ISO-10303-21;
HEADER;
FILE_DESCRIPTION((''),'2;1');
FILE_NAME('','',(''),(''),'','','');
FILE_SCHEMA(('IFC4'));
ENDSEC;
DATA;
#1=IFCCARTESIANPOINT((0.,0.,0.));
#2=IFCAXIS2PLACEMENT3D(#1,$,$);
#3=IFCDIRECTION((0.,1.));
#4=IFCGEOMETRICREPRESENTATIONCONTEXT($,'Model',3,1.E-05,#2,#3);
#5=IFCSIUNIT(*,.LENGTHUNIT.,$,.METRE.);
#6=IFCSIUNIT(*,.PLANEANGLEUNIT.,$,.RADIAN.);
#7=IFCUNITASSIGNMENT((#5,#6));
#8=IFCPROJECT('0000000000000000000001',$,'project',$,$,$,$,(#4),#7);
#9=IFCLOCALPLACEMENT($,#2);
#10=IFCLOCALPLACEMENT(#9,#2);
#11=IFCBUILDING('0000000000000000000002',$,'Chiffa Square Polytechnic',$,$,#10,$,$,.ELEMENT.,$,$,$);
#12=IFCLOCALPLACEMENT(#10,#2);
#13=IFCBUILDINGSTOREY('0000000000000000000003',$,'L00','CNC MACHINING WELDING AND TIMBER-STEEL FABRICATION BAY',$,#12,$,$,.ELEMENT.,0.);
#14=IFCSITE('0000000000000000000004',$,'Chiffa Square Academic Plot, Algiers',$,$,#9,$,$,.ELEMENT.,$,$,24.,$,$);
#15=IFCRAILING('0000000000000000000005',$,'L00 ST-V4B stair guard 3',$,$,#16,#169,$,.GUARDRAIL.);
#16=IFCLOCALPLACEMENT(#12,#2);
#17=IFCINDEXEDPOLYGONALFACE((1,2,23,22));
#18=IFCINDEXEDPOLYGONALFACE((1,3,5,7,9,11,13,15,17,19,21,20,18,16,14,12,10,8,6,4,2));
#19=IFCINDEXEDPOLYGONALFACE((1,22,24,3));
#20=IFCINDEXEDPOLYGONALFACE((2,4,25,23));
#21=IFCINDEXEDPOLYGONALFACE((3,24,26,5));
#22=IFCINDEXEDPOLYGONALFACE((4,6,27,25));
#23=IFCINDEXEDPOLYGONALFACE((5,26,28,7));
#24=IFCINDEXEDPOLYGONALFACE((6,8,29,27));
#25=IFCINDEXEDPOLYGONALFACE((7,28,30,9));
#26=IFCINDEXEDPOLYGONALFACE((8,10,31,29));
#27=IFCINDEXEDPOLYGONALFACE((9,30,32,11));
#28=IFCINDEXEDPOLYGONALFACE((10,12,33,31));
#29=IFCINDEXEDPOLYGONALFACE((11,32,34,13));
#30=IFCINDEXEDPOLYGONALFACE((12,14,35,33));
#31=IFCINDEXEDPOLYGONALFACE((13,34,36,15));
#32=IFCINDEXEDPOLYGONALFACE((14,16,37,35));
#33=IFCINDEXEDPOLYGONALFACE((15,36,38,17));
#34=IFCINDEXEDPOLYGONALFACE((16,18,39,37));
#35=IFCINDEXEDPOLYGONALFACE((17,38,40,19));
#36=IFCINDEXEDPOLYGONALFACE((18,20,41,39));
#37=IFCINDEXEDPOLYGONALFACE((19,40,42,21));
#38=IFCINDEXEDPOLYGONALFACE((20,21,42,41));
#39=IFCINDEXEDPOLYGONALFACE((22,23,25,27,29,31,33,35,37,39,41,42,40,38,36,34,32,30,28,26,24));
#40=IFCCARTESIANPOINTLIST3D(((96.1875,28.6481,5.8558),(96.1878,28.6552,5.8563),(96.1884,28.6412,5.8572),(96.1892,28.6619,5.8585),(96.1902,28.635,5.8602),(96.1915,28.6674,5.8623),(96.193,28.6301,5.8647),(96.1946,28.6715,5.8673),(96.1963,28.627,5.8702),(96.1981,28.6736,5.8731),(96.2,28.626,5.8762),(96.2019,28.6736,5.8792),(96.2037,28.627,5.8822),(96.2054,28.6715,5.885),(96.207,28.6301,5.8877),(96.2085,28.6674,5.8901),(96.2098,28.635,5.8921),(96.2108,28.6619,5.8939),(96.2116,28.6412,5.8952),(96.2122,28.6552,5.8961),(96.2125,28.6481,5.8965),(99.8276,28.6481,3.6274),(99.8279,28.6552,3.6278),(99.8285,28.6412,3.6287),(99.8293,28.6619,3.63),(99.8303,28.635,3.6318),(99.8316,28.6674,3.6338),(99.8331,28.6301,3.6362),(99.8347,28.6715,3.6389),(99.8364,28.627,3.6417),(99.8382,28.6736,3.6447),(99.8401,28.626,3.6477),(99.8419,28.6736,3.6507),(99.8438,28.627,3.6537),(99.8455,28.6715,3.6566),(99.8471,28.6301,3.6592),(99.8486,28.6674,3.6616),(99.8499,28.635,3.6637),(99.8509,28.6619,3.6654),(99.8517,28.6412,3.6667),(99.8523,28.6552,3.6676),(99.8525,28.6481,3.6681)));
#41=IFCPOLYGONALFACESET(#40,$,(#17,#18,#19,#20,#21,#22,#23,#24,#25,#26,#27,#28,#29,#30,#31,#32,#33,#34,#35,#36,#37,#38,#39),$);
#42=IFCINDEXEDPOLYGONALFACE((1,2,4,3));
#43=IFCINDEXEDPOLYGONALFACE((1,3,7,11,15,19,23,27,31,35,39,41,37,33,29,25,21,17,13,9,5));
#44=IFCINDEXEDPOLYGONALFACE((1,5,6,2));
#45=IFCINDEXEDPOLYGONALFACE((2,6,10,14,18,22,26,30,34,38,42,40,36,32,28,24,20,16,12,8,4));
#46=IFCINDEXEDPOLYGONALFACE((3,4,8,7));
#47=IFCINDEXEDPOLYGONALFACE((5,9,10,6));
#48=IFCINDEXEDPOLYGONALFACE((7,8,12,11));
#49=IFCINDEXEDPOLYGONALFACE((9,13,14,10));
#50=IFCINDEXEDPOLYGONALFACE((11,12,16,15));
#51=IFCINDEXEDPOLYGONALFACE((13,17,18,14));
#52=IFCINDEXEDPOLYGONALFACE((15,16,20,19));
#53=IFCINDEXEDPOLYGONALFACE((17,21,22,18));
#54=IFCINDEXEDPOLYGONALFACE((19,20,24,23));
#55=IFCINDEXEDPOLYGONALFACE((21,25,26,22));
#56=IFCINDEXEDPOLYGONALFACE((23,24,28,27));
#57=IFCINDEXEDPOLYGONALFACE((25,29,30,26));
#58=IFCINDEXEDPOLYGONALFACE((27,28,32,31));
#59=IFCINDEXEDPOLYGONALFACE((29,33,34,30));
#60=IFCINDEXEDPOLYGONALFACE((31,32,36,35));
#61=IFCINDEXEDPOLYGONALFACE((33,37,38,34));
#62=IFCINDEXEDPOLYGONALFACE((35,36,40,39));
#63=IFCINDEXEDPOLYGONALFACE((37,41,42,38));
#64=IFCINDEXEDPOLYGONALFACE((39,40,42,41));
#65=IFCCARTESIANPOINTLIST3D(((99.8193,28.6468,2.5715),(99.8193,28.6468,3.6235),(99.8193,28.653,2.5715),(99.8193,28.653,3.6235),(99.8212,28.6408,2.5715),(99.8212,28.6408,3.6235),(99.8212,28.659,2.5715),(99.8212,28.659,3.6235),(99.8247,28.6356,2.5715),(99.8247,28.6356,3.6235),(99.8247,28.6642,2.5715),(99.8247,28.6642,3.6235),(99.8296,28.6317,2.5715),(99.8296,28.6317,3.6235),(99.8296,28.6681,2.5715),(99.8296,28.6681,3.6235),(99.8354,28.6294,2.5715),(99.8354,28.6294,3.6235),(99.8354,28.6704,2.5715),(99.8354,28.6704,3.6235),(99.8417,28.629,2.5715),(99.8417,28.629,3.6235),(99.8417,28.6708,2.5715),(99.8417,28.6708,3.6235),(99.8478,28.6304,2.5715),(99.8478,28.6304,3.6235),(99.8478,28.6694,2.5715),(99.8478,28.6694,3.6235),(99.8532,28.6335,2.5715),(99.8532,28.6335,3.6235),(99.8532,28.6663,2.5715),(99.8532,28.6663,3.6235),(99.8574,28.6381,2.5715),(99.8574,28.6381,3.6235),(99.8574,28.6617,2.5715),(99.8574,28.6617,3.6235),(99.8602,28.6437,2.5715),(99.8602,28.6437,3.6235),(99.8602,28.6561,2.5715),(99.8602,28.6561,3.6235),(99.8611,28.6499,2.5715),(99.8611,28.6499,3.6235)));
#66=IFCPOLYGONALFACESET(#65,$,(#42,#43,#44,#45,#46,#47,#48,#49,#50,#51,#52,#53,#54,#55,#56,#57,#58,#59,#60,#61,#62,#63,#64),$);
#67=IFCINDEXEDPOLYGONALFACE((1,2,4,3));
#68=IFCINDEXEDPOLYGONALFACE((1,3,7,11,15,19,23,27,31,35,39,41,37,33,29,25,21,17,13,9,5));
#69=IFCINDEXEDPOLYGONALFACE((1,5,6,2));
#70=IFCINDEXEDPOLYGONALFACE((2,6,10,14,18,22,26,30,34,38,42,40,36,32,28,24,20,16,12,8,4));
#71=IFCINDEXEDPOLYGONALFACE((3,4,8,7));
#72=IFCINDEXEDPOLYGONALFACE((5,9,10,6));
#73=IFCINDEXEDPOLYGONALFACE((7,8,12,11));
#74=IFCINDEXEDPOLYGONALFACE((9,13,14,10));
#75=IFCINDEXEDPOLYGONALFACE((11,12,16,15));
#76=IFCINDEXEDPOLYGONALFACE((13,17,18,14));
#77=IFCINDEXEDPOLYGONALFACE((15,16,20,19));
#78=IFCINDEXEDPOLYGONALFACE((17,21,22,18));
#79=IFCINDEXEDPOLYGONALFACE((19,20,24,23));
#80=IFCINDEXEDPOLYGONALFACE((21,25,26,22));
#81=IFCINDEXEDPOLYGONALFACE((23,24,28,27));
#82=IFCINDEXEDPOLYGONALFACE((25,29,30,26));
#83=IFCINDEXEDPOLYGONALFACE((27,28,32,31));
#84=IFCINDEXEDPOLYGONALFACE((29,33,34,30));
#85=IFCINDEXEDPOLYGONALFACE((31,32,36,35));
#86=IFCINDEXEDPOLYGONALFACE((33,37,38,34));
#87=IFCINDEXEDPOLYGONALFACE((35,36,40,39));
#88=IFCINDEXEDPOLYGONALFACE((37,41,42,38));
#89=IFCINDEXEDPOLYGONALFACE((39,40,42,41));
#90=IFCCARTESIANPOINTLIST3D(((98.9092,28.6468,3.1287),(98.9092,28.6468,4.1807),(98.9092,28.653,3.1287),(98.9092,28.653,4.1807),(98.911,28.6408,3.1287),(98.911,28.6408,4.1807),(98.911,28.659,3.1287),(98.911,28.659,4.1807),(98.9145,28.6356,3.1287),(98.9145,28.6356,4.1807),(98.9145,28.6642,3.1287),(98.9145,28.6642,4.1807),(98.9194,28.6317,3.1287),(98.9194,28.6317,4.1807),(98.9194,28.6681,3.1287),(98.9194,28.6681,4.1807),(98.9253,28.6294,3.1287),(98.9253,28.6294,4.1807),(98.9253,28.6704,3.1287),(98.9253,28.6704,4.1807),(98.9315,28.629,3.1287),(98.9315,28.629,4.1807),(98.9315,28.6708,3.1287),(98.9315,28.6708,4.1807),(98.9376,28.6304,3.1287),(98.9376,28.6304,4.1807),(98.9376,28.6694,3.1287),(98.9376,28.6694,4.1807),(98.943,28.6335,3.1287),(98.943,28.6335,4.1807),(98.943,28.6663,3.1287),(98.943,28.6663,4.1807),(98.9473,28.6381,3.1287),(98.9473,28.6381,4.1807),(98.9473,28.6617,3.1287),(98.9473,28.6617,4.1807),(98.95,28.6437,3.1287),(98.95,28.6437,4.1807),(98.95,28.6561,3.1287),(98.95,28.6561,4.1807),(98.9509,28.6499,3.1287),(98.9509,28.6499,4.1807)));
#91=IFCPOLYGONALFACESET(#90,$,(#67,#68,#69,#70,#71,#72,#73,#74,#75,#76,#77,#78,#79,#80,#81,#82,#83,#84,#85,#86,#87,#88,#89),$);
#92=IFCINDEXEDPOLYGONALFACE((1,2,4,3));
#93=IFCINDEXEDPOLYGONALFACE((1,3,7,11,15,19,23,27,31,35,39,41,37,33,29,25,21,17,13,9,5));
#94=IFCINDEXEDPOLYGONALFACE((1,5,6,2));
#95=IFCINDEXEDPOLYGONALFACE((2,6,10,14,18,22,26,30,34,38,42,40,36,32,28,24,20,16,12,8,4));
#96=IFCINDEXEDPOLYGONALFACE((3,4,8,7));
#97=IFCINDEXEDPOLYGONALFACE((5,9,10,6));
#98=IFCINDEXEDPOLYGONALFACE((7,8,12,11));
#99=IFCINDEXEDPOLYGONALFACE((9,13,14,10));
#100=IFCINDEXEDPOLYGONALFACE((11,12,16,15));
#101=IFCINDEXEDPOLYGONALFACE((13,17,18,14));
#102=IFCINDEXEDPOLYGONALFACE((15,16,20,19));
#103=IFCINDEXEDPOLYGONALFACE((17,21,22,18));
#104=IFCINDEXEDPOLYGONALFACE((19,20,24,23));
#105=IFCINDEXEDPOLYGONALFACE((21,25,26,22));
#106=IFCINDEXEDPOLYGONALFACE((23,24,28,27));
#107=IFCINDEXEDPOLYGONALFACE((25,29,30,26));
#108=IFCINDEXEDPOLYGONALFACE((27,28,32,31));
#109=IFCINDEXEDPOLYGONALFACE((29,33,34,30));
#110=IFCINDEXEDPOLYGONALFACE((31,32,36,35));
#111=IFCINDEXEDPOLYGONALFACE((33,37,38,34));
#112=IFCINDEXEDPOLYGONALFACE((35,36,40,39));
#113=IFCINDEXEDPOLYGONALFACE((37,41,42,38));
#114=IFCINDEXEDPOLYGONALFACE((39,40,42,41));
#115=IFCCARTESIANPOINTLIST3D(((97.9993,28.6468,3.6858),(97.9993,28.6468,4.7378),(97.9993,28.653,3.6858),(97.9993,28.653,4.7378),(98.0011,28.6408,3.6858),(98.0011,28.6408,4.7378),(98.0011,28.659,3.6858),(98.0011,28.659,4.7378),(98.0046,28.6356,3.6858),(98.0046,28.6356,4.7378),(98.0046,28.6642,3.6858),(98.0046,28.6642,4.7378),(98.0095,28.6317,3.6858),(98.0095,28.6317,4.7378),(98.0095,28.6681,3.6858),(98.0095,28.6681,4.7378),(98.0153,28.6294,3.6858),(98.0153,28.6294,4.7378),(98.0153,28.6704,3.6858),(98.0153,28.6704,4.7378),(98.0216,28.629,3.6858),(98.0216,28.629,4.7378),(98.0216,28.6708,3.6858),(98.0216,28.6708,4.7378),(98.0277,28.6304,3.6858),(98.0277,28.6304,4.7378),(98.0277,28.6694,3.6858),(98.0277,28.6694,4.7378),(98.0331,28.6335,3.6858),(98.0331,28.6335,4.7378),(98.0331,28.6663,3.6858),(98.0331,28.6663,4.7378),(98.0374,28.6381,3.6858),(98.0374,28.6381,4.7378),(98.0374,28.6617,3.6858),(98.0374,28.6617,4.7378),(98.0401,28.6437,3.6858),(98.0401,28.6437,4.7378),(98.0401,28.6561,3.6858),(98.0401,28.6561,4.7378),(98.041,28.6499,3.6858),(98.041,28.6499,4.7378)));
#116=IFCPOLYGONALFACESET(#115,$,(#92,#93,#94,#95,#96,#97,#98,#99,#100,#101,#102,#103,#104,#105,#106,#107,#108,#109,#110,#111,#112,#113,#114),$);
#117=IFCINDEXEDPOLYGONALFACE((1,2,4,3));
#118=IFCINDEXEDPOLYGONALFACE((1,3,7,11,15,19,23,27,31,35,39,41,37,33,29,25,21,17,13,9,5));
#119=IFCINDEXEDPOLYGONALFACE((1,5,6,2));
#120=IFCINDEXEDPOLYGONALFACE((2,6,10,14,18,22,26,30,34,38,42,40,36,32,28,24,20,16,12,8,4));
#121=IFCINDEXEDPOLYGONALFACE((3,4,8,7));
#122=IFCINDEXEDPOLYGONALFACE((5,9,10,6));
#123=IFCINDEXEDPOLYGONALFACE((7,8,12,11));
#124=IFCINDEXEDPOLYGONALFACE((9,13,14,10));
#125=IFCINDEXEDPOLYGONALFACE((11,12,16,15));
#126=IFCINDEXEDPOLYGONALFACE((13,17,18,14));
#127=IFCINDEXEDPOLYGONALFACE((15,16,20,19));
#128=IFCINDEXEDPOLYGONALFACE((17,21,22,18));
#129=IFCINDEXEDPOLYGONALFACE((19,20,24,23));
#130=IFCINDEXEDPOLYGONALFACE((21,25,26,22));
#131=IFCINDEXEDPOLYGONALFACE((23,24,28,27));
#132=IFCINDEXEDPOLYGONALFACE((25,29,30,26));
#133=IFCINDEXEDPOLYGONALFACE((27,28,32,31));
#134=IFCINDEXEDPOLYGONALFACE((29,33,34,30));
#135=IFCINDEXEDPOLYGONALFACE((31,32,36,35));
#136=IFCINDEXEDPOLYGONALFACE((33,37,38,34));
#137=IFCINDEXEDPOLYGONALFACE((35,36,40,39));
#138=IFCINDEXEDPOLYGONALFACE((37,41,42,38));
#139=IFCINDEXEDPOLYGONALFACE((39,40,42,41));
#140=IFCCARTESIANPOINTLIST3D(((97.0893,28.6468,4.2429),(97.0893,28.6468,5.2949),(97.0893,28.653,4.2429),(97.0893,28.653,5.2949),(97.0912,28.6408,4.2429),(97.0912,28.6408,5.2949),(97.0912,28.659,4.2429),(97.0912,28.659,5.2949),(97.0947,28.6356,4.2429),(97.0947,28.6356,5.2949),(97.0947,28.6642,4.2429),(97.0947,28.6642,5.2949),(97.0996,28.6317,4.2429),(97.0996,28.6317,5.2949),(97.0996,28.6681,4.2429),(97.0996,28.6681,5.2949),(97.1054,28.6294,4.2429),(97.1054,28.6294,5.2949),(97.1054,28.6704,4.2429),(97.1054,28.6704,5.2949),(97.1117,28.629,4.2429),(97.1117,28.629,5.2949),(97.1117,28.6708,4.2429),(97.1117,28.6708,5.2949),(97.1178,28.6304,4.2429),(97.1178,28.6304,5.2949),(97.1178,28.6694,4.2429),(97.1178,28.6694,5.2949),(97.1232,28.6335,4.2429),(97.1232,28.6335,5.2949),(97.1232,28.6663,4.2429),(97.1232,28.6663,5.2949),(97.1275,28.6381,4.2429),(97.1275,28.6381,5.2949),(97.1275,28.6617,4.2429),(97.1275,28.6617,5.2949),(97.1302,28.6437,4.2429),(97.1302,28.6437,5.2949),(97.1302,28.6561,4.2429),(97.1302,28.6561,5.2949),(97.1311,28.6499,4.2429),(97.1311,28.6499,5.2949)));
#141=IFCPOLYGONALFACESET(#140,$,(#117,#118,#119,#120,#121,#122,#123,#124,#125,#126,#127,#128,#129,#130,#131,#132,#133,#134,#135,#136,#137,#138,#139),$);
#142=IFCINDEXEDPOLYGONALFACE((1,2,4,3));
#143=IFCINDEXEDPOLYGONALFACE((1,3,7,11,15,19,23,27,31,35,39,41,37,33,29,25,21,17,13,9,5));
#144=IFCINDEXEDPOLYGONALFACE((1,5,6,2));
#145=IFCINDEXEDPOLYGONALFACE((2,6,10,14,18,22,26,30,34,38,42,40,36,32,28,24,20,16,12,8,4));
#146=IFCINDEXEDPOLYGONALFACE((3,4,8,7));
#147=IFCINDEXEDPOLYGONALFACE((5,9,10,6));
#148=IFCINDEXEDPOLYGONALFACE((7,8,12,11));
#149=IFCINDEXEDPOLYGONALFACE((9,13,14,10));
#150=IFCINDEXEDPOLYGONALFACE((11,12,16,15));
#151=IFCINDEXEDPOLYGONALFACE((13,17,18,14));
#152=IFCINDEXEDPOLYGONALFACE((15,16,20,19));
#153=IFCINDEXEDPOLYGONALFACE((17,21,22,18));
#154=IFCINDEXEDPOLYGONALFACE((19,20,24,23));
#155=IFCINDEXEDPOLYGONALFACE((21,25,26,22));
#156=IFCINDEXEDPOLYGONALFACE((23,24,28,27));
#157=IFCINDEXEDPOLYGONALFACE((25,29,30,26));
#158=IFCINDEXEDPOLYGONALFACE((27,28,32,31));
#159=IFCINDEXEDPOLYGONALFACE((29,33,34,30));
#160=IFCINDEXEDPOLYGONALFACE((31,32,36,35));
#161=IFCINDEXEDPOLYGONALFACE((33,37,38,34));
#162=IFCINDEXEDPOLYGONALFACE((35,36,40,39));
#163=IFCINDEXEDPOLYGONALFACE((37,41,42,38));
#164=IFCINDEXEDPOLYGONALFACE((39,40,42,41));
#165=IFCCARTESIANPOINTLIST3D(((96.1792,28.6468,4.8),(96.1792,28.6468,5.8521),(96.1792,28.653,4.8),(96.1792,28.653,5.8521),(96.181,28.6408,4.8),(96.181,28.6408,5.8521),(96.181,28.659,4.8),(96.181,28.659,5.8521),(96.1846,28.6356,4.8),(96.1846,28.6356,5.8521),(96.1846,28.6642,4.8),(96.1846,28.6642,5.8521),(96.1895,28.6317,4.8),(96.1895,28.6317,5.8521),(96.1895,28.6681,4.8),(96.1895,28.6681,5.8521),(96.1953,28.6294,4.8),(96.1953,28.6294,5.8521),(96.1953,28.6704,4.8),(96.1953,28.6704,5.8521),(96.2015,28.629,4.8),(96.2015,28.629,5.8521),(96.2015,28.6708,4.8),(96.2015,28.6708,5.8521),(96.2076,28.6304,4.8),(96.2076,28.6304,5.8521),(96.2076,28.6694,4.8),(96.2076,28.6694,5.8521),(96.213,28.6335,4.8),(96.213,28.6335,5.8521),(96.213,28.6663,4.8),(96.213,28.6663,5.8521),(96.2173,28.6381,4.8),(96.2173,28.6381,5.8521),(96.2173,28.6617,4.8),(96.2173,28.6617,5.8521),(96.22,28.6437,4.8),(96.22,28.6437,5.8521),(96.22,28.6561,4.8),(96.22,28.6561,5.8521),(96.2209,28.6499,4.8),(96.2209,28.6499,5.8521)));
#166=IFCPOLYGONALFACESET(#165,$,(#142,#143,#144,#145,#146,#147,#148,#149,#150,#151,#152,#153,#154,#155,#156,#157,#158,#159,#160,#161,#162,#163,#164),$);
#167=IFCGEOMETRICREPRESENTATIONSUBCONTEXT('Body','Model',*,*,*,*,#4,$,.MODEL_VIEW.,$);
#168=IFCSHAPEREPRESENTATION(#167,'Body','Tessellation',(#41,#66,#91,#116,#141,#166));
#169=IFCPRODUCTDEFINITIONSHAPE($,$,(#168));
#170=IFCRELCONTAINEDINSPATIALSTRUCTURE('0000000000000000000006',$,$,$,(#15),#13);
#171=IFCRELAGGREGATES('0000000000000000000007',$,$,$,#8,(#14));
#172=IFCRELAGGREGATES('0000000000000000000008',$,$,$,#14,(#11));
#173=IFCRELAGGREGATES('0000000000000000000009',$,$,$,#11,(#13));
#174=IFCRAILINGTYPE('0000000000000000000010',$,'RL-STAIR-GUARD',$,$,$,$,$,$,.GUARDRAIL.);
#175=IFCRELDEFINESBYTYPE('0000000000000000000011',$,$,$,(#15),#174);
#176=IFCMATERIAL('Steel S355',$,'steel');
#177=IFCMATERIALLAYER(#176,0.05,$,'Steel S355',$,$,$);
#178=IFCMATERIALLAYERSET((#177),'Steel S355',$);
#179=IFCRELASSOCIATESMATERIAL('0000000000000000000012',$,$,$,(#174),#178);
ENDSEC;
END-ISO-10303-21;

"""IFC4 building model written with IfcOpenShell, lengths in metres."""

from ifc_helpers import new_model, si_unit, direction, frame, origin, origin_2d, place, context, subcontext, project, spatial, circle, extrude, material, layer, layer_set, type_object, element, save


model = new_model("IFC4")

# Units and contexts
model_context = context("Model", 3, precision=1e-05, world=origin(), true_north=direction((0.0, 1.0)))
body_context = subcontext(model_context, "Body", "Model", "MODEL_VIEW")
ifc_project = project(units=[si_unit("LENGTHUNIT", "METRE"), si_unit("PLANEANGLEUNIT", "RADIAN")], contexts=[model_context])

# Site, building, storey
site_placement = place(None, origin())
site = spatial("IfcSite", under=ifc_project, at=site_placement, Name="Chiffa Square Academic Plot, Algiers", CompositionType="ELEMENT", RefElevation=24.0)
building_placement = place(site_placement, origin())
building = spatial("IfcBuilding", under=site, at=building_placement, Name="Chiffa Square Polytechnic", CompositionType="ELEMENT")
storey_placement = place(building_placement, origin())
storey = spatial("IfcBuildingStorey", under=building, at=storey_placement, Name="L00", Description="CNC MACHINING WELDING AND TIMBER-STEEL FABRICATION BAY", CompositionType="ELEMENT", Elevation=0.0)

# Railing
ifc_material_1 = material(Name="Steel S355", Category="steel")
ifc_layer_1 = layer(ifc_material_1, 0.05, Name="Steel S355")
ifc_layer_set_1 = layer_set([ifc_layer_1], Name="Steel S355")
railing_type_1 = type_object("IfcRailingType", Name="RL-STAIR-GUARD", PredefinedType="GUARDRAIL", material=ifc_layer_set_1)
railing_1_placement = place(storey_placement, frame((99.8401, 28.6499, 2.5715)))
element("IfcRailing", 1, at=railing_1_placement, inside=storey, type_object=railing_type_1, Name="L00 ST-V4B stair guard 3", PredefinedType="GUARDRAIL", context=body_context, shape_type="SweptSolid", body=[
    extrude(circle(Radius=0.0239, at=origin_2d()), frame((0.0, 0.0, 1.0762), z_axis=(-0.852866, 0.0, 0.52213), x_axis=(0.0, -1.0, 0.0)), (0.0, 0.0, 1.0), 4.2681),
    extrude(circle(Radius=0.021, at=origin_2d()), origin(), (0.0, 0.0, 1.0), 1.052),
    extrude(circle(Radius=0.021, at=origin_2d()), frame((-0.9102, 0.0, 0.5571)), (0.0, 0.0, 1.0), 1.052),
    extrude(circle(Radius=0.021, at=origin_2d()), frame((-1.8201, 0.0, 1.1143)), (0.0, 0.0, 1.0), 1.052),
    extrude(circle(Radius=0.021, at=origin_2d()), frame((-2.73, 0.0, 1.6714)), (0.0, 0.0, 1.0), 1.052),
    extrude(circle(Radius=0.021, at=origin_2d()), frame((-3.6401, 0.0, 2.2285)), (0.0, 0.0, 1.0), 1.052),
])

save(model, "model.ifc")
